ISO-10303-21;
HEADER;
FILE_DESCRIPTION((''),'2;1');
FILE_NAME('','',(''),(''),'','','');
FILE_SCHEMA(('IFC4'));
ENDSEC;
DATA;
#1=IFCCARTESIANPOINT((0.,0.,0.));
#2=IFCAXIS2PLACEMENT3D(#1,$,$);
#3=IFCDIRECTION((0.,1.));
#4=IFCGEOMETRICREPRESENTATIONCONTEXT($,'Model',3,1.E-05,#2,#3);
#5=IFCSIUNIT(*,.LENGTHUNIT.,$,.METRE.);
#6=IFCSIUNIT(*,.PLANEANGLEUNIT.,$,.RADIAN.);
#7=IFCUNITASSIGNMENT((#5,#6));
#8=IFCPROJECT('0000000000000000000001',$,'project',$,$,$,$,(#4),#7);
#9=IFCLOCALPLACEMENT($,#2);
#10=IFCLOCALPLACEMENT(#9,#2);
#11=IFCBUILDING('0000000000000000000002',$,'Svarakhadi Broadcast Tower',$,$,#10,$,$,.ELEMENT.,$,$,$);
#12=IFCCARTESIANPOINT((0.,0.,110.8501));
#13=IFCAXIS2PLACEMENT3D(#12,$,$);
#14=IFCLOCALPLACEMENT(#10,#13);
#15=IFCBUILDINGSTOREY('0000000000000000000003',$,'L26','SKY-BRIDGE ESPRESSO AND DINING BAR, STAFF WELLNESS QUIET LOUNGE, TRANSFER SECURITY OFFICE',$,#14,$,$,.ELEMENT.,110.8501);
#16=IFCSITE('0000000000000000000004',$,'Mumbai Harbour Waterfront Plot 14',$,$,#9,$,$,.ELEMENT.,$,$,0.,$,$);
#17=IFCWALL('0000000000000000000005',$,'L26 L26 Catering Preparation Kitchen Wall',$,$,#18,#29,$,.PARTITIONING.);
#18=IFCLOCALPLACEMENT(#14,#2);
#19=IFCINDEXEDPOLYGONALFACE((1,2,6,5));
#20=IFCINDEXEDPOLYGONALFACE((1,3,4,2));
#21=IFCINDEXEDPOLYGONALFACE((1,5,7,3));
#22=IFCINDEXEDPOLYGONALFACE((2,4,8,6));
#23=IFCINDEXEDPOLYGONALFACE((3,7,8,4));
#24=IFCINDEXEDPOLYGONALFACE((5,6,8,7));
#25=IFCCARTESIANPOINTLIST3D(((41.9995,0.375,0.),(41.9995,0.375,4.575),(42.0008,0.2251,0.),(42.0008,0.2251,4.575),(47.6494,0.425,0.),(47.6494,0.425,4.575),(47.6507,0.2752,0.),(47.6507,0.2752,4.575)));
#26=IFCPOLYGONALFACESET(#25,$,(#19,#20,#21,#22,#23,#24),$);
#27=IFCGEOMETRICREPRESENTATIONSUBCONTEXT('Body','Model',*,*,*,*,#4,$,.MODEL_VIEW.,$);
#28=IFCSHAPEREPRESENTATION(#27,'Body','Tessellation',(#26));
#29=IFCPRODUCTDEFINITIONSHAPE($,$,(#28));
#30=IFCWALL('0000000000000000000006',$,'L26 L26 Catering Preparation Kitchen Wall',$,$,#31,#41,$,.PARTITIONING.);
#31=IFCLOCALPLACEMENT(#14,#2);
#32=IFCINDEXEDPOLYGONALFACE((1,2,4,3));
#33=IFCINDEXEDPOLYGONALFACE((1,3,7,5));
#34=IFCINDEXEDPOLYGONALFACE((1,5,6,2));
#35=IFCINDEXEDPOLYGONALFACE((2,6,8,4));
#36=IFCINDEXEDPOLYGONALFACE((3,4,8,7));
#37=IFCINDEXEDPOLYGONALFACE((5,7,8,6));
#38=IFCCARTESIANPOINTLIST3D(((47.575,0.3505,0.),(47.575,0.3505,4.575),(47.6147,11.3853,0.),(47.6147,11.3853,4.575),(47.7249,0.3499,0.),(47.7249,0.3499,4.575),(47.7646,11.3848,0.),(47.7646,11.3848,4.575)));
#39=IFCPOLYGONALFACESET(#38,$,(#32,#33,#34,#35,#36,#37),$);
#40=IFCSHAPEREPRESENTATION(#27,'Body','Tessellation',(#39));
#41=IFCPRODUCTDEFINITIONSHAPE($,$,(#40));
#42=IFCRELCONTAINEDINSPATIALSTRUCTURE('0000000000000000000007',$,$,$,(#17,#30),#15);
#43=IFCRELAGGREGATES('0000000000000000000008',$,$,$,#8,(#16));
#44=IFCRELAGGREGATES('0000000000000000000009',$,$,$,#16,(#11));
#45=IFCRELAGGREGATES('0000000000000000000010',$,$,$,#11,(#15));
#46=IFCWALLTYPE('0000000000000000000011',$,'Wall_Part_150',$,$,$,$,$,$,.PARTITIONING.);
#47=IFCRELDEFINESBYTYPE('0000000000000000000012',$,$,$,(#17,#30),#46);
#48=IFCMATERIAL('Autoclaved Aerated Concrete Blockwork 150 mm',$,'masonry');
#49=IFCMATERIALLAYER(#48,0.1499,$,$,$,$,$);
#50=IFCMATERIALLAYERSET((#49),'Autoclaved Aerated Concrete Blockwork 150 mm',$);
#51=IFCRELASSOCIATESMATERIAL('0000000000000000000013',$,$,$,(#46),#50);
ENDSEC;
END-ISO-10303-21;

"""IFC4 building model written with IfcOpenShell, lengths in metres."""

from ifc_helpers import new_model, si_unit, direction, frame, frame_2d, origin, place, context, subcontext, project, spatial, rectangle, extrude, material, layer, layer_set, type_object, element, save


model = new_model("IFC4")

# Units and contexts
model_context = context("Model", 3, precision=1e-05, world=origin(), true_north=direction((0.0, 1.0)))
body_context = subcontext(model_context, "Body", "Model", "MODEL_VIEW")
ifc_project = project(units=[si_unit("LENGTHUNIT", "METRE"), si_unit("PLANEANGLEUNIT", "RADIAN")], contexts=[model_context])

# Site, building, storey
site_placement = place(None, origin())
site = spatial("IfcSite", under=ifc_project, at=site_placement, Name="Mumbai Harbour Waterfront Plot 14", CompositionType="ELEMENT", RefElevation=0.0)
building_placement = place(site_placement, origin())
building = spatial("IfcBuilding", under=site, at=building_placement, Name="Svarakhadi Broadcast Tower", CompositionType="ELEMENT")
storey_placement = place(building_placement, frame((0.0, 0.0, 110.8501)))
storey = spatial("IfcBuildingStorey", under=building, at=storey_placement, Name="L26", Description="SKY-BRIDGE ESPRESSO AND DINING BAR, STAFF WELLNESS QUIET LOUNGE, TRANSFER SECURITY OFFICE", CompositionType="ELEMENT", Elevation=110.8501)

# Walls
ifc_material_1 = material(Name="Autoclaved Aerated Concrete Blockwork 150 mm", Category="masonry")
ifc_layer_1 = layer(ifc_material_1, 0.1499)
ifc_layer_set_1 = layer_set([ifc_layer_1], Name="Autoclaved Aerated Concrete Blockwork 150 mm")
wall_type = type_object("IfcWallType", Name="Wall_Part_150", PredefinedType="PARTITIONING", material=ifc_layer_set_1)
wall_1_placement = place(storey_placement, frame((42.0, 0.3, 0.0), z_axis=(0.0, 0.0, 1.0), x_axis=(0.999961, 0.008858, 0.0)))
element("IfcWall", 1, at=wall_1_placement, inside=storey, type_object=wall_type, Name="L26 L26 Catering Preparation Kitchen Wall", PredefinedType="PARTITIONING", context=body_context, shape_type="SweptSolid", body=[
    extrude(rectangle(XDim=5.6501, YDim=0.1499, at=frame_2d((2.8252, 0.0))), origin(), (0.0, 0.0, 1.0), 4.575),
])
wall_2_placement = place(storey_placement, frame((47.6499, 0.3501, 0.0), z_axis=(0.0, 0.0, 1.0), x_axis=(0.003606, 0.999993, 0.0)))
element("IfcWall", 2, at=wall_2_placement, inside=storey, type_object=wall_type, Name="L26 L26 Catering Preparation Kitchen Wall", PredefinedType="PARTITIONING", context=body_context, shape_type="SweptSolid", body=[
    extrude(rectangle(XDim=11.0349, YDim=0.1499, at=frame_2d((5.5176, 0.0))), origin(), (0.0, 0.0, 1.0), 4.575),
])

save(model, "model.ifc")
